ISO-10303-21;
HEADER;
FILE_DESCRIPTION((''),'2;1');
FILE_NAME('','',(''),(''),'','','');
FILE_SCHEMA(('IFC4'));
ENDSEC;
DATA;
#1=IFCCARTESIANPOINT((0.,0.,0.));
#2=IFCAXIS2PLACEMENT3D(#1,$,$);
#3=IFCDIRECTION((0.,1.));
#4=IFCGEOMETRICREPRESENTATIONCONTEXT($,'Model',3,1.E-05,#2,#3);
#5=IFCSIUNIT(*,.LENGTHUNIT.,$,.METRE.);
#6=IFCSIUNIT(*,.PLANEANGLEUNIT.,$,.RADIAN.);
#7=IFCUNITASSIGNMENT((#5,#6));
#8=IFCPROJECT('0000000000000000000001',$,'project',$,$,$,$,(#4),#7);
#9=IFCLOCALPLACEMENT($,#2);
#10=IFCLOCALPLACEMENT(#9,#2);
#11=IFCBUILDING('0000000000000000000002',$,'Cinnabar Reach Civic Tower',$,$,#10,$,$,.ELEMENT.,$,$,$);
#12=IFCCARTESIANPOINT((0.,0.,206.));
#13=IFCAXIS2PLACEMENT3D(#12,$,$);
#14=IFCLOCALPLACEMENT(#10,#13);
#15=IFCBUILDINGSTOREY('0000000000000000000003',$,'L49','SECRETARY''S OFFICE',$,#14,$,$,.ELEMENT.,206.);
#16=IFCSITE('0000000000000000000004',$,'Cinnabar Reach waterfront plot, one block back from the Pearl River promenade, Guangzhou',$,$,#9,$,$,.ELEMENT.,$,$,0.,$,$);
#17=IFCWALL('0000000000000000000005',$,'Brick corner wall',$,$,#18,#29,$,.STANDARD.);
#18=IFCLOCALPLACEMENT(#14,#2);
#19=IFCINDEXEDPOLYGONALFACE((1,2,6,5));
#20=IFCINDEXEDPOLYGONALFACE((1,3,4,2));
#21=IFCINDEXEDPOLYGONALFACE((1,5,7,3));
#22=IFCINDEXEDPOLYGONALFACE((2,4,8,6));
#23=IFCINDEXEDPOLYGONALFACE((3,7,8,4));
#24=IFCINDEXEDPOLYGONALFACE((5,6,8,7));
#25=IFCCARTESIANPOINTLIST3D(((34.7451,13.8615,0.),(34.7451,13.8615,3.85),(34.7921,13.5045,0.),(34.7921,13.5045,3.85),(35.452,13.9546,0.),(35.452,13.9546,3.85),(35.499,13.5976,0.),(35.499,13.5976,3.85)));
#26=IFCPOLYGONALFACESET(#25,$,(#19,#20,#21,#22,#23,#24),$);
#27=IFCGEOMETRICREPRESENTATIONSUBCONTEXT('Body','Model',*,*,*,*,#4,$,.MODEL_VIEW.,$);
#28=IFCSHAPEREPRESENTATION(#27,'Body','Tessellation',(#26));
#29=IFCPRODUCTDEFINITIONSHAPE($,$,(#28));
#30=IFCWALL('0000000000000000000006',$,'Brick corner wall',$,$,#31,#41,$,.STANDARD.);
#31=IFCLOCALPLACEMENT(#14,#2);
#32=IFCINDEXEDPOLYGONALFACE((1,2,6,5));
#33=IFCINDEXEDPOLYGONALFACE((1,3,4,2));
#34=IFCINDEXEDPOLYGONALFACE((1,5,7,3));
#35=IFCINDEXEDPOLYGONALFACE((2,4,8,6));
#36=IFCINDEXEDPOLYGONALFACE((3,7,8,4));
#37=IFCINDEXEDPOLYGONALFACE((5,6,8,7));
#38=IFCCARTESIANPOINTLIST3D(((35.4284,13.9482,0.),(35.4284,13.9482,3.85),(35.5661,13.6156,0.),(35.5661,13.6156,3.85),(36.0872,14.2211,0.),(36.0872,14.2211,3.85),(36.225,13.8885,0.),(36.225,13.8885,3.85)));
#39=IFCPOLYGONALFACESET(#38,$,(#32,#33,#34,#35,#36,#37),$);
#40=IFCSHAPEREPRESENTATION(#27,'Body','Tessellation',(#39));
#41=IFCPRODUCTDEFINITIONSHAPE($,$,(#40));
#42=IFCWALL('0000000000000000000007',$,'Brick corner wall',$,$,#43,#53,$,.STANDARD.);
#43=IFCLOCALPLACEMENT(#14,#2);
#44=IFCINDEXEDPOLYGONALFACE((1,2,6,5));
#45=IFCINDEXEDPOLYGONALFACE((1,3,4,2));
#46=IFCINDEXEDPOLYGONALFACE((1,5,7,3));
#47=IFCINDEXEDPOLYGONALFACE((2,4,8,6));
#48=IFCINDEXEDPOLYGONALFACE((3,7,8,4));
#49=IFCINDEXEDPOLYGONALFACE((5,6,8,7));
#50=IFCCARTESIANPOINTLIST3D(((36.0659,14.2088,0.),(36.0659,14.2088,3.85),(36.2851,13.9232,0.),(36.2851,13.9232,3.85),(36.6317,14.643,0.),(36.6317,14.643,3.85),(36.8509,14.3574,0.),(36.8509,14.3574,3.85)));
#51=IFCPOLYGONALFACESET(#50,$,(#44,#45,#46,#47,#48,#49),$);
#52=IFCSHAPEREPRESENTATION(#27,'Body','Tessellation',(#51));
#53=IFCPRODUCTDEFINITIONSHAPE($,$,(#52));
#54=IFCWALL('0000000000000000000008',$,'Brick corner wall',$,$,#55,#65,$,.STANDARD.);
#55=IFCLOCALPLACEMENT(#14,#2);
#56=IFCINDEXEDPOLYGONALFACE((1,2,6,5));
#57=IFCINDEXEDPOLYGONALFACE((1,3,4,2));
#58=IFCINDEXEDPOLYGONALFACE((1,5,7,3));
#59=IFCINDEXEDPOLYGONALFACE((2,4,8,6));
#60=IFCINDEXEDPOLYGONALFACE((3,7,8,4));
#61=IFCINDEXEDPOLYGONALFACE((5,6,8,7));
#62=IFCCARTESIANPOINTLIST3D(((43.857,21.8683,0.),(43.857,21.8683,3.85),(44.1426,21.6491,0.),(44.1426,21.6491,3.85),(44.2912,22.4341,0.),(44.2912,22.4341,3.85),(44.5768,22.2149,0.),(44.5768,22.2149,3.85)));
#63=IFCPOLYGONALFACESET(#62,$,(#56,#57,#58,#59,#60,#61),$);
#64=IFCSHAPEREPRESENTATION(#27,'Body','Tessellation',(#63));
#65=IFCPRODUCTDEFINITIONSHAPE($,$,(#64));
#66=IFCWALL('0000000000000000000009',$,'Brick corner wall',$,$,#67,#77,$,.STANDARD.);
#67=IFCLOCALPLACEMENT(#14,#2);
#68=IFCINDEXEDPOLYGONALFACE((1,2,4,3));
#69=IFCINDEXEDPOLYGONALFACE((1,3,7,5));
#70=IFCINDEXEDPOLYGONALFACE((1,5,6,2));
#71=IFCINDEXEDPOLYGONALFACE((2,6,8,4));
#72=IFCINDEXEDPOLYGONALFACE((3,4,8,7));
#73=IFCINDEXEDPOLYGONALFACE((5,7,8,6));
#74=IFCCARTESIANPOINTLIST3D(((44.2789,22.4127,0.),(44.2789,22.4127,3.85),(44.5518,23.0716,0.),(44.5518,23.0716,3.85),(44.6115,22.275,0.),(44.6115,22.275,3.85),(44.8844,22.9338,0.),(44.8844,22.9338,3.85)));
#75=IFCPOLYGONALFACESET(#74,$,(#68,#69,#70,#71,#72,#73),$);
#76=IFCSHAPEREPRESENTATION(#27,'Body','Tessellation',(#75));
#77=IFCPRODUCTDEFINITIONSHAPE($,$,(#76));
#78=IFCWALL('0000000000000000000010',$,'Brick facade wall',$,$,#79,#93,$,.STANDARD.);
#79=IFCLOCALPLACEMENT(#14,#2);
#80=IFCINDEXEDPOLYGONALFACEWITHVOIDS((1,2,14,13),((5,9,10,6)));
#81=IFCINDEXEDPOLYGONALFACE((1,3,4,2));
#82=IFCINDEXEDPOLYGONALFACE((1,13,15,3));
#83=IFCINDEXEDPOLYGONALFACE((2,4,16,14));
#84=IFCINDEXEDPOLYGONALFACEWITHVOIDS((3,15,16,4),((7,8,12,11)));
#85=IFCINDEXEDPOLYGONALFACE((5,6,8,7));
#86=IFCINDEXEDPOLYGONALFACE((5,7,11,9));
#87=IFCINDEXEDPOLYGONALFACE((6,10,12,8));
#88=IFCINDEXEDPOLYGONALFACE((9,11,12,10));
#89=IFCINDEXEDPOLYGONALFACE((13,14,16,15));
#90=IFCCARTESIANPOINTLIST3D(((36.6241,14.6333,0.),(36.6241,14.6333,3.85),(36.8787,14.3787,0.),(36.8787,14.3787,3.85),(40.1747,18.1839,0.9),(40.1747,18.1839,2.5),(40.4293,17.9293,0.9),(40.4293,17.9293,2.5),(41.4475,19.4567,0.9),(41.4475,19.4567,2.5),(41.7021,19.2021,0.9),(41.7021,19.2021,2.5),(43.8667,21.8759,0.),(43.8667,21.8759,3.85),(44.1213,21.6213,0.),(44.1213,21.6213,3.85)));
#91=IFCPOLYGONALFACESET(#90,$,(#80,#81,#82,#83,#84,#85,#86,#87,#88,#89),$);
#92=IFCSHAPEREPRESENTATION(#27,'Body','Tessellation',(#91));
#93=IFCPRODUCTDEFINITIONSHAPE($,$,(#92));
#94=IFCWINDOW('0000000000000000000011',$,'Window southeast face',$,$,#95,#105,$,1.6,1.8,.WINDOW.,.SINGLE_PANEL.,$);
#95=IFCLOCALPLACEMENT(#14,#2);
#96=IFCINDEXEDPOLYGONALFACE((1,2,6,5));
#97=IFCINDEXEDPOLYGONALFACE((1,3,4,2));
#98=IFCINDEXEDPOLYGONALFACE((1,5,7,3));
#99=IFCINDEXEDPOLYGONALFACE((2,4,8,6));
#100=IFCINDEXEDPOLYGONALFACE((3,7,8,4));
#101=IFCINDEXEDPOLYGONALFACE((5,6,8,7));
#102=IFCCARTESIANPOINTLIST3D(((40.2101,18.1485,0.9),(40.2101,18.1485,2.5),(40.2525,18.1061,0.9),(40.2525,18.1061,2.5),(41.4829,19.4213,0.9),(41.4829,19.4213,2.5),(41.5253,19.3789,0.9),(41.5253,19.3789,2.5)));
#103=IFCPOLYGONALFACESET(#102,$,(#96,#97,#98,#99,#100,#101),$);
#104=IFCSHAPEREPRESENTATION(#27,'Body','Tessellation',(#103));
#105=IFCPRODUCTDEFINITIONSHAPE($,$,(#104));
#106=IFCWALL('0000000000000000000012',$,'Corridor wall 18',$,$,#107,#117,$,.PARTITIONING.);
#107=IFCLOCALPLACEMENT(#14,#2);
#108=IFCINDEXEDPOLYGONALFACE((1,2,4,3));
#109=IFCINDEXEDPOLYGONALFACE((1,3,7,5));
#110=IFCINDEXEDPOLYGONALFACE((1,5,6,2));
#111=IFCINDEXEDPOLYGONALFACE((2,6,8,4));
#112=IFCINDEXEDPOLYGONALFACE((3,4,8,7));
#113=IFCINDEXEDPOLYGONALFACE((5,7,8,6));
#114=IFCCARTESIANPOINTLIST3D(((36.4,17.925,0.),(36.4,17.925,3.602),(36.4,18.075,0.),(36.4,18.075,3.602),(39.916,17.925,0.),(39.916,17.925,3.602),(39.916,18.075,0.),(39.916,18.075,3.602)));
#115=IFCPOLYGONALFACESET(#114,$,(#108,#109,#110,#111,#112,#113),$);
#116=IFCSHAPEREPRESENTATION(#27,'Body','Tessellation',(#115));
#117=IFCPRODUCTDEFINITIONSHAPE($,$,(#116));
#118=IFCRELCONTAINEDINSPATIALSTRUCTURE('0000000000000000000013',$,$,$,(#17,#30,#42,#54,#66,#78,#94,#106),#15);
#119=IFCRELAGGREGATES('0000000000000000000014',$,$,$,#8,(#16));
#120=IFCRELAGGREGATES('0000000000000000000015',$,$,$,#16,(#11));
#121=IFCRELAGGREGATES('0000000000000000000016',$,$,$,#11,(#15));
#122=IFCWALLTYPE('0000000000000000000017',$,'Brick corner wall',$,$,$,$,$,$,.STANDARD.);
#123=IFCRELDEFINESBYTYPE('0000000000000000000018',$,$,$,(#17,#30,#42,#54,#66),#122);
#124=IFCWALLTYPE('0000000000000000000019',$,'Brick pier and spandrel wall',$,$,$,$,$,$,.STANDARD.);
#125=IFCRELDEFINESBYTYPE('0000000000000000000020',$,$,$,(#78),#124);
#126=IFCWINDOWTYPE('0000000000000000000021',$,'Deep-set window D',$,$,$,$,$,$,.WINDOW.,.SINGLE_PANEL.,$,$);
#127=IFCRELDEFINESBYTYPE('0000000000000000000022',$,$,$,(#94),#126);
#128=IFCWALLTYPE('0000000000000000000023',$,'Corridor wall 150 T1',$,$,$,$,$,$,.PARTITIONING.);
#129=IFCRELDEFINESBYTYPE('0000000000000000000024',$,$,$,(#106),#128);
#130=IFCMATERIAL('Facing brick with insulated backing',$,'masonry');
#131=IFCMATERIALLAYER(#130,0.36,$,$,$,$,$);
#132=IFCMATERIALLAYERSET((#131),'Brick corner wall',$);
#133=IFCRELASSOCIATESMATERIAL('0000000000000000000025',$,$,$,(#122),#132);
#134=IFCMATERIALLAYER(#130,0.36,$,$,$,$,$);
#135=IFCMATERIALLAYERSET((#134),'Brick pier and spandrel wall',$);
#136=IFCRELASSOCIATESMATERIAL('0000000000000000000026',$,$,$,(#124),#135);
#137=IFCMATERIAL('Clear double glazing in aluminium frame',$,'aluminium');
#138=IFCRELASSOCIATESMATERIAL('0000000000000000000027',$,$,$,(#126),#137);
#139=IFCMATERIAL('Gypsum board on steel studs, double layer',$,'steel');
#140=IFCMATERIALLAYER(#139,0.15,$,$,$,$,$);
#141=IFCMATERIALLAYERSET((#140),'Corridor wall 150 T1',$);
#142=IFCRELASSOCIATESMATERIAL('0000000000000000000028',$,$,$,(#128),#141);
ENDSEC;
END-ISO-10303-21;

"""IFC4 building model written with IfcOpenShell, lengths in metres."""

from ifc_helpers import new_model, si_unit, direction, frame, frame_2d, origin, place, context, subcontext, project, spatial, rectangle, extrude, material, layer, layer_set, type_object, element, fill, save


model = new_model("IFC4")

# Units and contexts
model_context = context("Model", 3, precision=1e-05, world=origin(), true_north=direction((0.0, 1.0)))
body_context = subcontext(model_context, "Body", "Model", "MODEL_VIEW")
ifc_project = project(units=[si_unit("LENGTHUNIT", "METRE"), si_unit("PLANEANGLEUNIT", "RADIAN")], contexts=[model_context])

# Site, building, storey
site_placement = place(None, origin())
site = spatial("IfcSite", under=ifc_project, at=site_placement, Name="Cinnabar Reach waterfront plot, one block back from the Pearl River promenade, Guangzhou", CompositionType="ELEMENT", RefElevation=0.0)
building_placement = place(site_placement, origin())
building = spatial("IfcBuilding", under=site, at=building_placement, Name="Cinnabar Reach Civic Tower", CompositionType="ELEMENT")
storey_placement = place(building_placement, frame((0.0, 0.0, 206.0)))
storey = spatial("IfcBuildingStorey", under=building, at=storey_placement, Name="L49", Description="SECRETARY'S OFFICE", CompositionType="ELEMENT", Elevation=206.0)

# Walls
ifc_material_1 = material(Name="Facing brick with insulated backing", Category="masonry")
ifc_layer_1 = layer(ifc_material_1, 0.36)
ifc_layer_set_1 = layer_set([ifc_layer_1], Name="Brick corner wall")
wall_type_1 = type_object("IfcWallType", Name="Brick corner wall", PredefinedType="STANDARD", material=ifc_layer_set_1)
for number, where, z_axis, x_axis, name in (
    (1, (34.7686, 13.683, 0.0), (0.0, 0.0, 1.0), (0.991441, 0.130556, 0.0), "Brick corner wall"),
    (2, (35.4973, 13.7819, 0.0), (0.0, 0.0, 1.0), (0.923872, 0.382703, 0.0), "Brick corner wall"),
):
    element("IfcWall", number, at=place(storey_placement, frame(where, z_axis=z_axis, x_axis=x_axis)), inside=storey, type_object=wall_type_1, Name=name, PredefinedType="STANDARD", context=body_context, shape_type="SweptSolid", body=[
        extrude(rectangle(XDim=0.7131, YDim=0.36, at=frame_2d((0.3565, 0.0))), origin(), (0.0, 0.0, 1.0), 3.85),
    ])
for number, where, z_axis, x_axis, name in (
    (3, (36.1755, 14.066, 0.0), (0.0, 0.0, 1.0), (0.793322, 0.608802, 0.0), "Brick corner wall"),
    (4, (43.9998, 21.7587, 0.0), (0.0, 0.0, 1.0), (0.608802, 0.793322, 0.0), "Brick corner wall"),
):
    element("IfcWall", number, at=place(storey_placement, frame(where, z_axis=z_axis, x_axis=x_axis)), inside=storey, type_object=wall_type_1, Name=name, PredefinedType="STANDARD", context=body_context, shape_type="SweptSolid", body=[
        extrude(rectangle(XDim=0.7132, YDim=0.36, at=frame_2d((0.3566, 0.0))), origin(), (0.0, 0.0, 1.0), 3.85),
    ])
wall_1_placement = place(storey_placement, frame((44.4452, 22.3439, 0.0), z_axis=(0.0, 0.0, 1.0), x_axis=(0.382703, 0.923872, 0.0)))
element("IfcWall", 5, at=wall_1_placement, inside=storey, type_object=wall_type_1, Name="Brick corner wall", PredefinedType="STANDARD", context=body_context, shape_type="SweptSolid", body=[
    extrude(rectangle(XDim=0.7131, YDim=0.36, at=frame_2d((0.3565, 0.0))), origin(), (0.0, 0.0, 1.0), 3.85),
])

# Wall, opening, window
ifc_layer_2 = layer(ifc_material_1, 0.36)
ifc_layer_set_2 = layer_set([ifc_layer_2], Name="Brick pier and spandrel wall")
wall_type_2 = type_object("IfcWallType", Name="Brick pier and spandrel wall", PredefinedType="STANDARD", material=ifc_layer_set_2)
wall_2_placement = place(storey_placement, frame((36.7514, 14.506, 0.0), z_axis=(0.0, 0.0, 1.0), x_axis=(0.707107, 0.707107, 0.0)))
wall_2 = element("IfcWall", 6, at=wall_2_placement, inside=storey, type_object=wall_type_2, Name="Brick facade wall", PredefinedType="STANDARD", context=body_context, shape_type="SweptSolid", body=[
    extrude(rectangle(XDim=10.2426, YDim=0.36, at=frame_2d((5.1213, 0.0))), origin(), (0.0, 0.0, 1.0), 3.85),
])
opening_placement = place(wall_2_placement, frame((5.0213, 0.0, 0.9)))
opening = element("IfcOpeningElement", 7, at=opening_placement, cuts=wall_2, PredefinedType="OPENING", context=body_context, shape_type="SweptSolid", body=[
    extrude(rectangle(XDim=1.8, YDim=1.6, at=frame_2d((0.9, 0.8))), frame((0.0, 0.19, 0.0), z_axis=(0.0, -1.0, 0.0), x_axis=(1.0, 0.0, 0.0)), (0.0, 0.0, 1.0), 0.38),
])
ifc_material_2 = material(Name="Clear double glazing in aluminium frame", Category="aluminium")
window_type = type_object("IfcWindowType", Name="Deep-set window D", PartitioningType="SINGLE_PANEL", PredefinedType="WINDOW", material=ifc_material_2)
window_placement = place(opening_placement, origin())
window = element("IfcWindow", 8, at=window_placement, inside=storey, type_object=window_type, Name="Window southeast face", OverallHeight=1.6, OverallWidth=1.8, PartitioningType="SINGLE_PANEL", PredefinedType="WINDOW", context=body_context, shape_type="SweptSolid", body=[
    extrude(rectangle(XDim=1.8, YDim=1.6, at=frame_2d((0.9, 0.8))), frame((0.0, 0.13, 0.0), z_axis=(0.0, -1.0, 0.0), x_axis=(1.0, 0.0, 0.0)), (0.0, 0.0, 1.0), 0.06),
])
fill(opening, window)

# Wall
ifc_material_3 = material(Name="Gypsum board on steel studs, double layer", Category="steel")
ifc_layer_3 = layer(ifc_material_3, 0.15)
ifc_layer_set_3 = layer_set([ifc_layer_3], Name="Corridor wall 150 T1")
wall_type_3 = type_object("IfcWallType", Name="Corridor wall 150 T1", PredefinedType="PARTITIONING", material=ifc_layer_set_3)
wall_3_placement = place(storey_placement, frame((36.4, 18.0, 0.0), z_axis=(0.0, 0.0, 1.0), x_axis=(1.0, 0.0, 0.0)))
element("IfcWall", 9, at=wall_3_placement, inside=storey, type_object=wall_type_3, Name="Corridor wall 18", PredefinedType="PARTITIONING", context=body_context, shape_type="SweptSolid", body=[
    extrude(rectangle(XDim=3.516, YDim=0.15, at=frame_2d((1.758, 0.0))), origin(), (0.0, 0.0, 1.0), 3.602),
])

save(model, "model.ifc")
